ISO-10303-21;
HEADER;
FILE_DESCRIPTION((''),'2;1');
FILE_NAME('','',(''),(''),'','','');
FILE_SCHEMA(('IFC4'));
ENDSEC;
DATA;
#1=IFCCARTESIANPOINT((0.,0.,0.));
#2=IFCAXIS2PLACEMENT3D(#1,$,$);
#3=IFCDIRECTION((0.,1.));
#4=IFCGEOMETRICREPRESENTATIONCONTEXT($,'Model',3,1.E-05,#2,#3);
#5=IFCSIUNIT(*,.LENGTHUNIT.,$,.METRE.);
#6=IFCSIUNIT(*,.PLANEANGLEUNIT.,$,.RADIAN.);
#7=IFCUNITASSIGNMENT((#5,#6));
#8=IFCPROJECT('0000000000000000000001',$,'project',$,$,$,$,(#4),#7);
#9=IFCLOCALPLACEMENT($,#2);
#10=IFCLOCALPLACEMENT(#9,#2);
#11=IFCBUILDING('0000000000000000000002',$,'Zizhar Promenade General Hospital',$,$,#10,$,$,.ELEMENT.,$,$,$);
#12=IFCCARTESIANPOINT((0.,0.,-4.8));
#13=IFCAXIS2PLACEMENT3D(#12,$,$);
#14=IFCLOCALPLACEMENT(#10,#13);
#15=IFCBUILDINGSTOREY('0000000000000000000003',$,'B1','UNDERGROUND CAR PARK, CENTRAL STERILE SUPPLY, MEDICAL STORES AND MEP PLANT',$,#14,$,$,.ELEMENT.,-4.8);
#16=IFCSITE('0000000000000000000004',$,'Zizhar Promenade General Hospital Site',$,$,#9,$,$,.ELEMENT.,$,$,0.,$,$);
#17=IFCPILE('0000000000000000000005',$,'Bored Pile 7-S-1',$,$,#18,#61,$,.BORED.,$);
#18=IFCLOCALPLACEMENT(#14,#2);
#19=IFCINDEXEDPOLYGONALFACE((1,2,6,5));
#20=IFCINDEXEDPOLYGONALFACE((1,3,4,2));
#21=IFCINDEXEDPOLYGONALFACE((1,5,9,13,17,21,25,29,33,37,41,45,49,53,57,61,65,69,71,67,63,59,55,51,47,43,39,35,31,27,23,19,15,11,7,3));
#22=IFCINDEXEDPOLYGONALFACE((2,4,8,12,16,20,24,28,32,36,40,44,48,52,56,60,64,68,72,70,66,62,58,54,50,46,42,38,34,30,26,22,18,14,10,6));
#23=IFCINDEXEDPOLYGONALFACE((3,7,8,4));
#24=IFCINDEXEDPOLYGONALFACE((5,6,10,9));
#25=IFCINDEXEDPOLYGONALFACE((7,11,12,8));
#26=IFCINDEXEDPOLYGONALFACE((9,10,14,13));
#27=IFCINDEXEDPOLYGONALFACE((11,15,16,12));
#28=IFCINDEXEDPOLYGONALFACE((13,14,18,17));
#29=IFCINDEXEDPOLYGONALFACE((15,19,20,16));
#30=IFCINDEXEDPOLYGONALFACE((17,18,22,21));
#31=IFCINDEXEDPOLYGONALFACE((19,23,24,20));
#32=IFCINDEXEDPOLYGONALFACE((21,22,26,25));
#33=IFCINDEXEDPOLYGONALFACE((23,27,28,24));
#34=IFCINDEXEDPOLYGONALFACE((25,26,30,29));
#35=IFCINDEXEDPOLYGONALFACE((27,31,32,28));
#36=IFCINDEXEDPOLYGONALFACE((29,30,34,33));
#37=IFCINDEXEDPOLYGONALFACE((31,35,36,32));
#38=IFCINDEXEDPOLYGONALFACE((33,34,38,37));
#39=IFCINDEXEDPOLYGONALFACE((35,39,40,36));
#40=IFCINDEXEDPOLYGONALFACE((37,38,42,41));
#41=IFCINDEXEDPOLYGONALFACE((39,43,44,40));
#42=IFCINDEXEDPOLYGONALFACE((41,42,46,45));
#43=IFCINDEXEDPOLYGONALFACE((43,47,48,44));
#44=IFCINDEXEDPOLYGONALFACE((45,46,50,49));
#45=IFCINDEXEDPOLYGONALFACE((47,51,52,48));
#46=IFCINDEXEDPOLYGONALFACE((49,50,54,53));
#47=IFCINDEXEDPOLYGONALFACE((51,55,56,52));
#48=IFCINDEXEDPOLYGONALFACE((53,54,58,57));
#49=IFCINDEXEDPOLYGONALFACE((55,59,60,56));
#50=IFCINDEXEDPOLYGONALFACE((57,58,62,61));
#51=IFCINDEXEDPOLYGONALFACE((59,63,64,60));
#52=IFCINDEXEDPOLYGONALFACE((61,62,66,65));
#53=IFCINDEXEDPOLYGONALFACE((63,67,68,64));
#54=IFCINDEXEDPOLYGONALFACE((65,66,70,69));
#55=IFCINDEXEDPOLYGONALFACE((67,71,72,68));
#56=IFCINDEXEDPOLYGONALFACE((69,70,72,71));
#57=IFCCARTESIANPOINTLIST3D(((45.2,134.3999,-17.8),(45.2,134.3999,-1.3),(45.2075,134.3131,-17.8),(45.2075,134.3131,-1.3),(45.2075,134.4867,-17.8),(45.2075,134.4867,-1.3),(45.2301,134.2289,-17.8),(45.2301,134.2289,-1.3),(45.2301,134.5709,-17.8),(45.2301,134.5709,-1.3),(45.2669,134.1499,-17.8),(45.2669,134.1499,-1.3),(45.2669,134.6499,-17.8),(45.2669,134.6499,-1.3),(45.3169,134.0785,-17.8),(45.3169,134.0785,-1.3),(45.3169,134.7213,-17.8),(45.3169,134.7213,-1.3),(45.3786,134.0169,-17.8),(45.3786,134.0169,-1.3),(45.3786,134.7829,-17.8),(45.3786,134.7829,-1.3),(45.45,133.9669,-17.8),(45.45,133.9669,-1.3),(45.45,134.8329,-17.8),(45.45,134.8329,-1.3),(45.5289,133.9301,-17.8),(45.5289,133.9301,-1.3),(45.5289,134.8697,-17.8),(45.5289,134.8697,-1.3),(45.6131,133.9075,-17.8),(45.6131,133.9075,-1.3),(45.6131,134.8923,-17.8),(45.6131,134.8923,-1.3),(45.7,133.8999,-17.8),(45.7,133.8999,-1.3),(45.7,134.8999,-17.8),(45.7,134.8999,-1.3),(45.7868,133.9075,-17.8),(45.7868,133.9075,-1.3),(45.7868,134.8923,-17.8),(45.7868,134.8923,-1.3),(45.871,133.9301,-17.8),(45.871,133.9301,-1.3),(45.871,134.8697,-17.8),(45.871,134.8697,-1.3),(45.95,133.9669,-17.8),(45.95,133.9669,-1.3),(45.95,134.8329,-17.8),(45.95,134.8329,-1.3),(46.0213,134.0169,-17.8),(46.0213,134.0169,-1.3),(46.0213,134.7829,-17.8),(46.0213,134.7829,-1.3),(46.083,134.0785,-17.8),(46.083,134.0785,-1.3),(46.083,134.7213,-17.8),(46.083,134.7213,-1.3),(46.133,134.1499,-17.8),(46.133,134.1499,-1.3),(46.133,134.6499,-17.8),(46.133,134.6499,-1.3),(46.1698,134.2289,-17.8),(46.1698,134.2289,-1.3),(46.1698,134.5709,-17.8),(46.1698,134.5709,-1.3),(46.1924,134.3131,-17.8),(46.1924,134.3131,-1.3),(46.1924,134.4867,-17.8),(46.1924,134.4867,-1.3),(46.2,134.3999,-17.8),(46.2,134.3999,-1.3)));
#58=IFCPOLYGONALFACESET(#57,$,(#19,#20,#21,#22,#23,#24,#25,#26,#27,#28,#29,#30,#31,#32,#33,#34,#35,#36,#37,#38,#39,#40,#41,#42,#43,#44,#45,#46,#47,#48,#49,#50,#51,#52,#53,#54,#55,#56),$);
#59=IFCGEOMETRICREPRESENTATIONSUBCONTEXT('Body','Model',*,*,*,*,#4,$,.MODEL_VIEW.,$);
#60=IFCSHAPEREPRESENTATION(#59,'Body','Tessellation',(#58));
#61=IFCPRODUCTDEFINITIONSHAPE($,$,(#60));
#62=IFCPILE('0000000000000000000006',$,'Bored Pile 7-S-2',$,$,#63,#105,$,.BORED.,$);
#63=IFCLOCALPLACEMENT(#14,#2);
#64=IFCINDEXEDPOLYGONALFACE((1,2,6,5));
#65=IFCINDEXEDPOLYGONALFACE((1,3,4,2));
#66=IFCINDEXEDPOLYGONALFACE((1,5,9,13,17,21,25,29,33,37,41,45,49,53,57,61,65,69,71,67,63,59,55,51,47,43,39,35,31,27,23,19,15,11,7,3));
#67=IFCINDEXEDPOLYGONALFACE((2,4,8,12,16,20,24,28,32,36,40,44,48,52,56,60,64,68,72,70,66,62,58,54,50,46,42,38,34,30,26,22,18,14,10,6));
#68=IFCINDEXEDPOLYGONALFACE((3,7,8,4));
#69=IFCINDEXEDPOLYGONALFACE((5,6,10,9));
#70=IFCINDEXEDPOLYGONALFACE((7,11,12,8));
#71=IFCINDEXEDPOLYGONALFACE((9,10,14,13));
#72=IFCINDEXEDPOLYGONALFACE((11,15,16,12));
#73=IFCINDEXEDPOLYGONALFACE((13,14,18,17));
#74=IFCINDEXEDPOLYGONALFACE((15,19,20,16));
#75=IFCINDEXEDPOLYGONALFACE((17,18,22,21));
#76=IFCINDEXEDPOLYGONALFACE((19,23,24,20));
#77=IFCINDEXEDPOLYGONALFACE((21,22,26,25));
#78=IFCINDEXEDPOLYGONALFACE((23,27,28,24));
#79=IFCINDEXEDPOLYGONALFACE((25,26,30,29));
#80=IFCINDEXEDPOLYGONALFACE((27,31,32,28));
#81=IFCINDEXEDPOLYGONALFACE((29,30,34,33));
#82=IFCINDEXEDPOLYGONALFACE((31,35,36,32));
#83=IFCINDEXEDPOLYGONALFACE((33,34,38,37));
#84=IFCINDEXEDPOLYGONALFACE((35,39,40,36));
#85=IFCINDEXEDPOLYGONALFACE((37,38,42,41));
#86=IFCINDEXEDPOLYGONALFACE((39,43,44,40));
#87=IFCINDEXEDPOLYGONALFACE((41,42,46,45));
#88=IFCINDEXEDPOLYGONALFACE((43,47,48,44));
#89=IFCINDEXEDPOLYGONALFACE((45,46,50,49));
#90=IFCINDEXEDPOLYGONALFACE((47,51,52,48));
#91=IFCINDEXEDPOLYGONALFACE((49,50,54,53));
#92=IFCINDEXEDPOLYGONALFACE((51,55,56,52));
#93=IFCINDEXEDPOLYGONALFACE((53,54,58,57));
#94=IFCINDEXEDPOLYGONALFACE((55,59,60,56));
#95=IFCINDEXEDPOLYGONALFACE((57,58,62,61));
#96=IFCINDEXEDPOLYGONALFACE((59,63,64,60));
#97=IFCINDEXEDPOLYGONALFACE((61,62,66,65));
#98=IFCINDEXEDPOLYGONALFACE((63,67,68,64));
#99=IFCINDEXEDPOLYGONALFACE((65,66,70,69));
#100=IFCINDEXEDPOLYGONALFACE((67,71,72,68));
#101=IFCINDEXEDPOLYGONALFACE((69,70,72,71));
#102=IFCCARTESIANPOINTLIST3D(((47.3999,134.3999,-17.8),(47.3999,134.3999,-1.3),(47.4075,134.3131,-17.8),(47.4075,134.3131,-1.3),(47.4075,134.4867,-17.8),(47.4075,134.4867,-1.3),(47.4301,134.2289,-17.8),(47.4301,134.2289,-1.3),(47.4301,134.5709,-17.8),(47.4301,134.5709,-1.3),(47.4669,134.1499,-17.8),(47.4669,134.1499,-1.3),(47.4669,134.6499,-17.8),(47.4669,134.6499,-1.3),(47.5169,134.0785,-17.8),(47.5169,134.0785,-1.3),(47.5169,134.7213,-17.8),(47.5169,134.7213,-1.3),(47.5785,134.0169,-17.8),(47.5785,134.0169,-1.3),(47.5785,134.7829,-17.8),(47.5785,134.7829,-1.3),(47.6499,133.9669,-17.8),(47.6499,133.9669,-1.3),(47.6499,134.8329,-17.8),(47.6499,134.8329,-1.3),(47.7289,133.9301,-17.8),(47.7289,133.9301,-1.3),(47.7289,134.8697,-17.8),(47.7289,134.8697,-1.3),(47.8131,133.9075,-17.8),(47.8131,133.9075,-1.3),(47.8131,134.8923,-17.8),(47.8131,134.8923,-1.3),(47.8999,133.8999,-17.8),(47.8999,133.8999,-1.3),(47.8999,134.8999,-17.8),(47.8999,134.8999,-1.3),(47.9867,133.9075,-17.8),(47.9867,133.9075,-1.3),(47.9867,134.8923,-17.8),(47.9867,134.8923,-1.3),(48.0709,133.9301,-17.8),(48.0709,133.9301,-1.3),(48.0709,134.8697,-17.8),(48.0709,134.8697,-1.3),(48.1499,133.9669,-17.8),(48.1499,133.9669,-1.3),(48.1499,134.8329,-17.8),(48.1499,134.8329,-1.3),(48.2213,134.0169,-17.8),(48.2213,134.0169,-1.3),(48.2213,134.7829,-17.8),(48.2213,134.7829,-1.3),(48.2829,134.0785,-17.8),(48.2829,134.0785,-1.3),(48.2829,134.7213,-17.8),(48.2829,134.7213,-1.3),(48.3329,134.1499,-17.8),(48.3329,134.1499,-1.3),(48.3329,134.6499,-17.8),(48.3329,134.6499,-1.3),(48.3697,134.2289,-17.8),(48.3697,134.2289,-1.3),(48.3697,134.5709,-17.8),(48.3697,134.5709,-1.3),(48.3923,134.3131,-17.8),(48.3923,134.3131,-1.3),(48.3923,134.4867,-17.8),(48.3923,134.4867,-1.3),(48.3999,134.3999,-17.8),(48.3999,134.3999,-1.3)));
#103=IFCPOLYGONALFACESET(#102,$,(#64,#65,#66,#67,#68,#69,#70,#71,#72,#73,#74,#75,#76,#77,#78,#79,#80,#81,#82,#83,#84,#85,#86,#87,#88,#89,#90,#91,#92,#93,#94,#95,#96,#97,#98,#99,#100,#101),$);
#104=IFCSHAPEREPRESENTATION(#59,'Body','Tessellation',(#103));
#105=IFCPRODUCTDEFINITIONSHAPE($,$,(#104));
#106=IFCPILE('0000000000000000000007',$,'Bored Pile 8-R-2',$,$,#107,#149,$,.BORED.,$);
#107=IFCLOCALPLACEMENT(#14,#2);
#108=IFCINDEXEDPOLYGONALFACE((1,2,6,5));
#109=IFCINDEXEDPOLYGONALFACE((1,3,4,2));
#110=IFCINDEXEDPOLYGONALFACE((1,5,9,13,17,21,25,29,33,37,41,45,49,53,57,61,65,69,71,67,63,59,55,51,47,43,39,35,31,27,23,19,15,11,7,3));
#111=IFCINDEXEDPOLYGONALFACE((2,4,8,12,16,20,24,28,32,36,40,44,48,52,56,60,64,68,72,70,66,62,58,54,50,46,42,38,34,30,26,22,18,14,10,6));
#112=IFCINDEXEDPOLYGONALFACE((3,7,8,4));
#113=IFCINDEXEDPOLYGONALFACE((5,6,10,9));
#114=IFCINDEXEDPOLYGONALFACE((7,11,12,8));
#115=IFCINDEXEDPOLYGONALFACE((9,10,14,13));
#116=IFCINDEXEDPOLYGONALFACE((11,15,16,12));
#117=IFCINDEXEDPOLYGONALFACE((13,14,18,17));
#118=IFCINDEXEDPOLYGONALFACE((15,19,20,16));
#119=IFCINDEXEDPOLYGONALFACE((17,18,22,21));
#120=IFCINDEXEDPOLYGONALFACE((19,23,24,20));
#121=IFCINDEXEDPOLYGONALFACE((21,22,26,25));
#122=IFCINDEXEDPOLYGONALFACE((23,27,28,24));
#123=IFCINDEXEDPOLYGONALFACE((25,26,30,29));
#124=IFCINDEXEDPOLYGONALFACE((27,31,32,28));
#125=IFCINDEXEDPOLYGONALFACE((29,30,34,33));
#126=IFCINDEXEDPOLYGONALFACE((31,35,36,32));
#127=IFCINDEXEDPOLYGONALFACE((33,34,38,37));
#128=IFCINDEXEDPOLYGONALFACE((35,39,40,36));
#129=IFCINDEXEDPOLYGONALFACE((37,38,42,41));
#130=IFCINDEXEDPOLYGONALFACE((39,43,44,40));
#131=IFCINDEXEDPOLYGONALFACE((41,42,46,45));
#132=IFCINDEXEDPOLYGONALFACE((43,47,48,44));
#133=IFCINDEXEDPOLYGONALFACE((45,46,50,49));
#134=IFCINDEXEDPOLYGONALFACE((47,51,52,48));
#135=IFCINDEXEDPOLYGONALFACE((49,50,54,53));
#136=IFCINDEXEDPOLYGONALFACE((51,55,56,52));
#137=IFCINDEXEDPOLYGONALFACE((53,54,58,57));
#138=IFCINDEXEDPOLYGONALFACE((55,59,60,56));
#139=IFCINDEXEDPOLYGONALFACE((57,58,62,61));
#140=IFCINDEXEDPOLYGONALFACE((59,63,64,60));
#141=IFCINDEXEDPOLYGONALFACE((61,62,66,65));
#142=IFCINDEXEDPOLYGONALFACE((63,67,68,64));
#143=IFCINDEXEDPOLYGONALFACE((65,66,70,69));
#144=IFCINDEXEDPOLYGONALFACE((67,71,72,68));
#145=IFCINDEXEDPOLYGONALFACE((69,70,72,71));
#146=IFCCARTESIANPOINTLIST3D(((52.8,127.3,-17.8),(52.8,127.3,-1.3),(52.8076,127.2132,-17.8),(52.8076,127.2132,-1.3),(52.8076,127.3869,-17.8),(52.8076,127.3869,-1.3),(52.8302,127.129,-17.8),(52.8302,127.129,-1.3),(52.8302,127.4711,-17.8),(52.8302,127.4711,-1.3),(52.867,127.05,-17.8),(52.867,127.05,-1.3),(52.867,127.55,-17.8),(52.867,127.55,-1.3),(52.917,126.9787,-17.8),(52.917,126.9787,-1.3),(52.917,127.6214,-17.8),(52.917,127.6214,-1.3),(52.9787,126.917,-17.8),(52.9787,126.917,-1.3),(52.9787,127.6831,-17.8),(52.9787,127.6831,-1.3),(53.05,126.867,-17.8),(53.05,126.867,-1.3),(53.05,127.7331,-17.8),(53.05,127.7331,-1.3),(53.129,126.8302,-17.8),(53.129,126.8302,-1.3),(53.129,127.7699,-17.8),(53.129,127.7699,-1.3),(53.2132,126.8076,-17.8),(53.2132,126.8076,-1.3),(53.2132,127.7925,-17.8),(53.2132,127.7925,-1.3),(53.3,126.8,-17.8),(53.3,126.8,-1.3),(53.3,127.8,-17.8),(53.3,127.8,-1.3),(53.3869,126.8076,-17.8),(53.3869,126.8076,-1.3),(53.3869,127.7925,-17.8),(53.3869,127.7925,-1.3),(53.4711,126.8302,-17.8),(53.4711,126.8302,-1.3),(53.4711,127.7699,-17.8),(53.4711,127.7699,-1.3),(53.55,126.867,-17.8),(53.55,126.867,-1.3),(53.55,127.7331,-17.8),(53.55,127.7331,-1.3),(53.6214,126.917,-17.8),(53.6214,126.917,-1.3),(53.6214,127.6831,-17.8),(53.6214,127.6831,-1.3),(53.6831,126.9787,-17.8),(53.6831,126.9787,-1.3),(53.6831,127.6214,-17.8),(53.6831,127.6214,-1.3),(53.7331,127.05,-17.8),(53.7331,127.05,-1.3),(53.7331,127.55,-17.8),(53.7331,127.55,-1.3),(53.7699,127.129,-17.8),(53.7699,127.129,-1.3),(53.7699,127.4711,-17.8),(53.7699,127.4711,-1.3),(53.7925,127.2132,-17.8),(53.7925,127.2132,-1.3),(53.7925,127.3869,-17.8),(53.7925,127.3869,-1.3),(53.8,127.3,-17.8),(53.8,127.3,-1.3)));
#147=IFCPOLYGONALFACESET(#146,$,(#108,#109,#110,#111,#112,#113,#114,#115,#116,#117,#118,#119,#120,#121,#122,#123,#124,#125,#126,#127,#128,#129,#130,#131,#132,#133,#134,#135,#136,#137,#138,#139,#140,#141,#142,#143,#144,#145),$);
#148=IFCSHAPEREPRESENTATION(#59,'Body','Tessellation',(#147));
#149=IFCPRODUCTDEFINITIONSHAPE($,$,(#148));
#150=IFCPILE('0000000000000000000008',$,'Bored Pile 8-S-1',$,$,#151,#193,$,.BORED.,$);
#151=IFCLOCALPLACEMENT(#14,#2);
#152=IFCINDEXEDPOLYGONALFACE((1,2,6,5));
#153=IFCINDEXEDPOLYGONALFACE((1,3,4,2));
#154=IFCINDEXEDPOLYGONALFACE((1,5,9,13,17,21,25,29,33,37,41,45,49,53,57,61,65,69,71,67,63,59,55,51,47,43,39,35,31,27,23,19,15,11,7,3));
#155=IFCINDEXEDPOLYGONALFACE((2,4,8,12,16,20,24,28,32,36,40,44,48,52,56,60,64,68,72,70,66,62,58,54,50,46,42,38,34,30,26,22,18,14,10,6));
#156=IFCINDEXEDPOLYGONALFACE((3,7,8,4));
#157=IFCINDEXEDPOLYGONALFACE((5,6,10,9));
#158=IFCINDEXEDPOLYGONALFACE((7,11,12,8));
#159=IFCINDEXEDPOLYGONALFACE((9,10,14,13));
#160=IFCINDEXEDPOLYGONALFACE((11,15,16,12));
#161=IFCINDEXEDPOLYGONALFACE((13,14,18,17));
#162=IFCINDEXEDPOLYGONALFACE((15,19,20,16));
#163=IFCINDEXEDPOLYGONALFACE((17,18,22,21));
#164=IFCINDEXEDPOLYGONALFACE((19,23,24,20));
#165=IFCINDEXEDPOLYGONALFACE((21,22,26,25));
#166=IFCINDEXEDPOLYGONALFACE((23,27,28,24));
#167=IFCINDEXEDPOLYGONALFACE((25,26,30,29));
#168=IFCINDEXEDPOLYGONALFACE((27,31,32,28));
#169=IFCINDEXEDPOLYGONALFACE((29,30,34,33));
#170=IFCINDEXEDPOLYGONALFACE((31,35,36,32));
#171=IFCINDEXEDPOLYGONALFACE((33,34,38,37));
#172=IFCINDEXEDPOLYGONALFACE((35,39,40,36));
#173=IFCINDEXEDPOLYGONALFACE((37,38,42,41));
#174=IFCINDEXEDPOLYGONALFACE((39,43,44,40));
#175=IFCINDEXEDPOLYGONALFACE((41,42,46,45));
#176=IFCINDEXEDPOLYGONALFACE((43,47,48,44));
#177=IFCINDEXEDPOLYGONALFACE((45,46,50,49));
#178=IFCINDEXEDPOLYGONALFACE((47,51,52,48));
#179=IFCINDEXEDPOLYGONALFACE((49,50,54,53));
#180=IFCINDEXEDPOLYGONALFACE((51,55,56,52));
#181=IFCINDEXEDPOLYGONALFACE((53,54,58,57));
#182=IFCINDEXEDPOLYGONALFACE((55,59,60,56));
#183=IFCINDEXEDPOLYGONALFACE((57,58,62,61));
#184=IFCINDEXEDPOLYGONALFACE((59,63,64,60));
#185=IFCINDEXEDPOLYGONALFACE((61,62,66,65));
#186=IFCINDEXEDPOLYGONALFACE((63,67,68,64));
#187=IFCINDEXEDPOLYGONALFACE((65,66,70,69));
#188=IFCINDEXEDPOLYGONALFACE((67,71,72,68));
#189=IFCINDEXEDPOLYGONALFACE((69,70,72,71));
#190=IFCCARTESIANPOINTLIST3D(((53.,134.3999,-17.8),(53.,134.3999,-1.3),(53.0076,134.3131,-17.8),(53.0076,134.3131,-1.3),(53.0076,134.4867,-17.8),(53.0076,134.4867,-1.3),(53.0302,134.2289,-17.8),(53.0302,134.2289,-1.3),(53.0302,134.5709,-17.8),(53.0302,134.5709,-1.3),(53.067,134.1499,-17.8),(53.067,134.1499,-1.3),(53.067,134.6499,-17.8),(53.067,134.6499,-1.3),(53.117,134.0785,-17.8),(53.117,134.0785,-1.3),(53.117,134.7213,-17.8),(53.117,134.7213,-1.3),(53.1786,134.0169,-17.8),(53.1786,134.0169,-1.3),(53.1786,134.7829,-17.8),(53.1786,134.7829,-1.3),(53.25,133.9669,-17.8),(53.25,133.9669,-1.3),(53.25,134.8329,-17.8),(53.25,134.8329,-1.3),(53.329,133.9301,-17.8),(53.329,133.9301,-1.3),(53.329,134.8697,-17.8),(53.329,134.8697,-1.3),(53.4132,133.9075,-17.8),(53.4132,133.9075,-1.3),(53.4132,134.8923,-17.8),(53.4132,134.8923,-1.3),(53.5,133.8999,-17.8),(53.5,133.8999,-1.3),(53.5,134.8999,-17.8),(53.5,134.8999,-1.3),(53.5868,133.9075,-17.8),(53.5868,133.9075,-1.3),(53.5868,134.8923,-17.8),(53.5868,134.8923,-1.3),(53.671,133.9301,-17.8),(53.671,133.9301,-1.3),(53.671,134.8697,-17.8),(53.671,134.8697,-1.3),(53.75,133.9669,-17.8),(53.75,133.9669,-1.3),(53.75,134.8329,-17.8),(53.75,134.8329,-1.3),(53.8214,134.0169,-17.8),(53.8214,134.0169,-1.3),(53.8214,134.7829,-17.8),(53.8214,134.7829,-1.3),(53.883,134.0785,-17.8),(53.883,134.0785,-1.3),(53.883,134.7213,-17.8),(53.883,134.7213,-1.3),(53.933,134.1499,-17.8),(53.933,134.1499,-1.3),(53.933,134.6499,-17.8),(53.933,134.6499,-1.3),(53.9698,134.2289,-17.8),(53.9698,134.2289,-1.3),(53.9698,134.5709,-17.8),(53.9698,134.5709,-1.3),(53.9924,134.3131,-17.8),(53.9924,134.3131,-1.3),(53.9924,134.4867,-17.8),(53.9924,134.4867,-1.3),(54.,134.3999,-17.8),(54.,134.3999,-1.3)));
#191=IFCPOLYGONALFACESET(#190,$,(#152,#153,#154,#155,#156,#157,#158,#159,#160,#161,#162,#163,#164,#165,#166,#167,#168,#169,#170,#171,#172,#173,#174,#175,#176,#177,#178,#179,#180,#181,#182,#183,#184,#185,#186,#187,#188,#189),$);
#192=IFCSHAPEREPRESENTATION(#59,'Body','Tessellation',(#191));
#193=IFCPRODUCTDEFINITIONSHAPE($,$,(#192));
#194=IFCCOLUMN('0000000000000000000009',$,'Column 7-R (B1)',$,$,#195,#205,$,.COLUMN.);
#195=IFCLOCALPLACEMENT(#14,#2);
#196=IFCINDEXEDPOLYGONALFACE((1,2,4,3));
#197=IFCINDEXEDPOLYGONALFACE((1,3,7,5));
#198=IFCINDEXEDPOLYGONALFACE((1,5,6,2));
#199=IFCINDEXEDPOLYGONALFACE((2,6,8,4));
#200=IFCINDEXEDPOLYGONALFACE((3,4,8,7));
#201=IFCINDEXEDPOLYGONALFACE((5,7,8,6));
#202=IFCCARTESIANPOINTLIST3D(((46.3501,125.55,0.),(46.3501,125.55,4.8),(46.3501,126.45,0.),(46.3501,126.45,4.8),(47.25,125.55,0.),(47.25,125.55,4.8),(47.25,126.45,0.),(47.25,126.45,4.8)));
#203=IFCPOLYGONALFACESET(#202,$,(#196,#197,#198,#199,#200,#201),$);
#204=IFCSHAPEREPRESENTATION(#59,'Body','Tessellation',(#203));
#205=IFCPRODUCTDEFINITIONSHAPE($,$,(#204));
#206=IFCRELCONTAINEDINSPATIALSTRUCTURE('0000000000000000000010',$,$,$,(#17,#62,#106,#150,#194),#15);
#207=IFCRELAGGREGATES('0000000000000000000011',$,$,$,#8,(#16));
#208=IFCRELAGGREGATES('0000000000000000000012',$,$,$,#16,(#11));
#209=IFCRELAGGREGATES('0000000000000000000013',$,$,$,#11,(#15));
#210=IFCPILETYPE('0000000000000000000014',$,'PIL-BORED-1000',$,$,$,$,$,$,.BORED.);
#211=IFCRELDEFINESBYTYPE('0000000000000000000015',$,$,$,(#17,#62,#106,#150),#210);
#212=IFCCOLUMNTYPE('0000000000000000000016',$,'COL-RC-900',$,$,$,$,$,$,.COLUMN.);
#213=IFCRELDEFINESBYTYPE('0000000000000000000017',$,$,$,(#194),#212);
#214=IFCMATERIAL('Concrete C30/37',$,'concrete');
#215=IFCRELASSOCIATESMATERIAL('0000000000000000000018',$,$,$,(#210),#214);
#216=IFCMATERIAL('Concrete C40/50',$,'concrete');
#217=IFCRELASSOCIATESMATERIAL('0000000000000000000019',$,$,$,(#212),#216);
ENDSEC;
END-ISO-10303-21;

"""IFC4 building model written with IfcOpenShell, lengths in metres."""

from ifc_helpers import new_model, si_unit, direction, frame, origin, origin_2d, place, context, subcontext, project, spatial, rectangle, circle, extrude, material, material_profile, profile_set, type_object, element, save


model = new_model("IFC4")

# Units and contexts
model_context = context("Model", 3, precision=1e-05, world=origin(), true_north=direction((0.0, 1.0)))
body_context = subcontext(model_context, "Body", "Model", "MODEL_VIEW")
ifc_project = project(units=[si_unit("LENGTHUNIT", "METRE"), si_unit("PLANEANGLEUNIT", "RADIAN")], contexts=[model_context])

# Site, building, storey
site_placement = place(None, origin())
site = spatial("IfcSite", under=ifc_project, at=site_placement, Name="Zizhar Promenade General Hospital Site", CompositionType="ELEMENT", RefElevation=0.0)
building_placement = place(site_placement, origin())
building = spatial("IfcBuilding", under=site, at=building_placement, Name="Zizhar Promenade General Hospital", CompositionType="ELEMENT")
storey_placement = place(building_placement, frame((0.0, 0.0, -4.8)))
storey = spatial("IfcBuildingStorey", under=building, at=storey_placement, Name="B1", Description="UNDERGROUND CAR PARK, CENTRAL STERILE SUPPLY, MEDICAL STORES AND MEP PLANT", CompositionType="ELEMENT", Elevation=-4.8)

# Piles
ifc_material_1 = material(Name="Concrete C30/37", Category="concrete")
ifc_material_profile_1 = material_profile(ifc_material_1, circle(Radius=0.5, at=origin_2d()))
ifc_profile_set_1 = profile_set([ifc_material_profile_1], Name="Concrete C30/37")
pile_type = type_object("IfcPileType", Name="PIL-BORED-1000", PredefinedType="BORED", material=ifc_profile_set_1)
for number, where, z_axis, x_axis, name in (
    (1, (45.7, 134.3999, -1.3), (0.0, 0.0, -1.0), (1.0, 0.0, 0.0), "Bored Pile 7-S-1"),
    (2, (47.8999, 134.3999, -1.3), (0.0, 0.0, -1.0), (1.0, 0.0, 0.0), "Bored Pile 7-S-2"),
    (3, (53.3, 127.3, -1.3), (0.0, 0.0, -1.0), (1.0, 0.0, 0.0), "Bored Pile 8-R-2"),
    (4, (53.5, 134.3999, -1.3), (0.0, 0.0, -1.0), (1.0, 0.0, 0.0), "Bored Pile 8-S-1"),
):
    element("IfcPile", number, at=place(storey_placement, frame(where, z_axis=z_axis, x_axis=x_axis)), inside=storey, type_object=pile_type, Name=name, PredefinedType="BORED", context=body_context, shape_type="SweptSolid", body=[
        extrude(circle(Radius=0.5, at=origin_2d()), origin(), (0.0, 0.0, 1.0), 16.5),
    ])

# Column
ifc_material_2 = material(Name="Concrete C40/50", Category="concrete")
ifc_material_profile_2 = material_profile(ifc_material_2, rectangle(XDim=0.8999, YDim=0.8999, at=origin_2d()))
ifc_profile_set_2 = profile_set([ifc_material_profile_2], Name="Concrete C40/50")
column_type = type_object("IfcColumnType", Name="COL-RC-900", PredefinedType="COLUMN", material=ifc_profile_set_2)
for number, where, z_axis, x_axis, name in (
    (5, (46.8, 126.0, 0.0), (0.0, 0.0, 1.0), (1.0, 0.0, 0.0), "Column 7-R (B1)"),
):
    element("IfcColumn", number, at=place(storey_placement, frame(where, z_axis=z_axis, x_axis=x_axis)), inside=storey, type_object=column_type, Name=name, PredefinedType="COLUMN", context=body_context, shape_type="SweptSolid", body=[
        extrude(rectangle(XDim=0.8999, YDim=0.8999, at=origin_2d()), origin(), (0.0, 0.0, 1.0), 4.8),
    ])

save(model, "model.ifc")
